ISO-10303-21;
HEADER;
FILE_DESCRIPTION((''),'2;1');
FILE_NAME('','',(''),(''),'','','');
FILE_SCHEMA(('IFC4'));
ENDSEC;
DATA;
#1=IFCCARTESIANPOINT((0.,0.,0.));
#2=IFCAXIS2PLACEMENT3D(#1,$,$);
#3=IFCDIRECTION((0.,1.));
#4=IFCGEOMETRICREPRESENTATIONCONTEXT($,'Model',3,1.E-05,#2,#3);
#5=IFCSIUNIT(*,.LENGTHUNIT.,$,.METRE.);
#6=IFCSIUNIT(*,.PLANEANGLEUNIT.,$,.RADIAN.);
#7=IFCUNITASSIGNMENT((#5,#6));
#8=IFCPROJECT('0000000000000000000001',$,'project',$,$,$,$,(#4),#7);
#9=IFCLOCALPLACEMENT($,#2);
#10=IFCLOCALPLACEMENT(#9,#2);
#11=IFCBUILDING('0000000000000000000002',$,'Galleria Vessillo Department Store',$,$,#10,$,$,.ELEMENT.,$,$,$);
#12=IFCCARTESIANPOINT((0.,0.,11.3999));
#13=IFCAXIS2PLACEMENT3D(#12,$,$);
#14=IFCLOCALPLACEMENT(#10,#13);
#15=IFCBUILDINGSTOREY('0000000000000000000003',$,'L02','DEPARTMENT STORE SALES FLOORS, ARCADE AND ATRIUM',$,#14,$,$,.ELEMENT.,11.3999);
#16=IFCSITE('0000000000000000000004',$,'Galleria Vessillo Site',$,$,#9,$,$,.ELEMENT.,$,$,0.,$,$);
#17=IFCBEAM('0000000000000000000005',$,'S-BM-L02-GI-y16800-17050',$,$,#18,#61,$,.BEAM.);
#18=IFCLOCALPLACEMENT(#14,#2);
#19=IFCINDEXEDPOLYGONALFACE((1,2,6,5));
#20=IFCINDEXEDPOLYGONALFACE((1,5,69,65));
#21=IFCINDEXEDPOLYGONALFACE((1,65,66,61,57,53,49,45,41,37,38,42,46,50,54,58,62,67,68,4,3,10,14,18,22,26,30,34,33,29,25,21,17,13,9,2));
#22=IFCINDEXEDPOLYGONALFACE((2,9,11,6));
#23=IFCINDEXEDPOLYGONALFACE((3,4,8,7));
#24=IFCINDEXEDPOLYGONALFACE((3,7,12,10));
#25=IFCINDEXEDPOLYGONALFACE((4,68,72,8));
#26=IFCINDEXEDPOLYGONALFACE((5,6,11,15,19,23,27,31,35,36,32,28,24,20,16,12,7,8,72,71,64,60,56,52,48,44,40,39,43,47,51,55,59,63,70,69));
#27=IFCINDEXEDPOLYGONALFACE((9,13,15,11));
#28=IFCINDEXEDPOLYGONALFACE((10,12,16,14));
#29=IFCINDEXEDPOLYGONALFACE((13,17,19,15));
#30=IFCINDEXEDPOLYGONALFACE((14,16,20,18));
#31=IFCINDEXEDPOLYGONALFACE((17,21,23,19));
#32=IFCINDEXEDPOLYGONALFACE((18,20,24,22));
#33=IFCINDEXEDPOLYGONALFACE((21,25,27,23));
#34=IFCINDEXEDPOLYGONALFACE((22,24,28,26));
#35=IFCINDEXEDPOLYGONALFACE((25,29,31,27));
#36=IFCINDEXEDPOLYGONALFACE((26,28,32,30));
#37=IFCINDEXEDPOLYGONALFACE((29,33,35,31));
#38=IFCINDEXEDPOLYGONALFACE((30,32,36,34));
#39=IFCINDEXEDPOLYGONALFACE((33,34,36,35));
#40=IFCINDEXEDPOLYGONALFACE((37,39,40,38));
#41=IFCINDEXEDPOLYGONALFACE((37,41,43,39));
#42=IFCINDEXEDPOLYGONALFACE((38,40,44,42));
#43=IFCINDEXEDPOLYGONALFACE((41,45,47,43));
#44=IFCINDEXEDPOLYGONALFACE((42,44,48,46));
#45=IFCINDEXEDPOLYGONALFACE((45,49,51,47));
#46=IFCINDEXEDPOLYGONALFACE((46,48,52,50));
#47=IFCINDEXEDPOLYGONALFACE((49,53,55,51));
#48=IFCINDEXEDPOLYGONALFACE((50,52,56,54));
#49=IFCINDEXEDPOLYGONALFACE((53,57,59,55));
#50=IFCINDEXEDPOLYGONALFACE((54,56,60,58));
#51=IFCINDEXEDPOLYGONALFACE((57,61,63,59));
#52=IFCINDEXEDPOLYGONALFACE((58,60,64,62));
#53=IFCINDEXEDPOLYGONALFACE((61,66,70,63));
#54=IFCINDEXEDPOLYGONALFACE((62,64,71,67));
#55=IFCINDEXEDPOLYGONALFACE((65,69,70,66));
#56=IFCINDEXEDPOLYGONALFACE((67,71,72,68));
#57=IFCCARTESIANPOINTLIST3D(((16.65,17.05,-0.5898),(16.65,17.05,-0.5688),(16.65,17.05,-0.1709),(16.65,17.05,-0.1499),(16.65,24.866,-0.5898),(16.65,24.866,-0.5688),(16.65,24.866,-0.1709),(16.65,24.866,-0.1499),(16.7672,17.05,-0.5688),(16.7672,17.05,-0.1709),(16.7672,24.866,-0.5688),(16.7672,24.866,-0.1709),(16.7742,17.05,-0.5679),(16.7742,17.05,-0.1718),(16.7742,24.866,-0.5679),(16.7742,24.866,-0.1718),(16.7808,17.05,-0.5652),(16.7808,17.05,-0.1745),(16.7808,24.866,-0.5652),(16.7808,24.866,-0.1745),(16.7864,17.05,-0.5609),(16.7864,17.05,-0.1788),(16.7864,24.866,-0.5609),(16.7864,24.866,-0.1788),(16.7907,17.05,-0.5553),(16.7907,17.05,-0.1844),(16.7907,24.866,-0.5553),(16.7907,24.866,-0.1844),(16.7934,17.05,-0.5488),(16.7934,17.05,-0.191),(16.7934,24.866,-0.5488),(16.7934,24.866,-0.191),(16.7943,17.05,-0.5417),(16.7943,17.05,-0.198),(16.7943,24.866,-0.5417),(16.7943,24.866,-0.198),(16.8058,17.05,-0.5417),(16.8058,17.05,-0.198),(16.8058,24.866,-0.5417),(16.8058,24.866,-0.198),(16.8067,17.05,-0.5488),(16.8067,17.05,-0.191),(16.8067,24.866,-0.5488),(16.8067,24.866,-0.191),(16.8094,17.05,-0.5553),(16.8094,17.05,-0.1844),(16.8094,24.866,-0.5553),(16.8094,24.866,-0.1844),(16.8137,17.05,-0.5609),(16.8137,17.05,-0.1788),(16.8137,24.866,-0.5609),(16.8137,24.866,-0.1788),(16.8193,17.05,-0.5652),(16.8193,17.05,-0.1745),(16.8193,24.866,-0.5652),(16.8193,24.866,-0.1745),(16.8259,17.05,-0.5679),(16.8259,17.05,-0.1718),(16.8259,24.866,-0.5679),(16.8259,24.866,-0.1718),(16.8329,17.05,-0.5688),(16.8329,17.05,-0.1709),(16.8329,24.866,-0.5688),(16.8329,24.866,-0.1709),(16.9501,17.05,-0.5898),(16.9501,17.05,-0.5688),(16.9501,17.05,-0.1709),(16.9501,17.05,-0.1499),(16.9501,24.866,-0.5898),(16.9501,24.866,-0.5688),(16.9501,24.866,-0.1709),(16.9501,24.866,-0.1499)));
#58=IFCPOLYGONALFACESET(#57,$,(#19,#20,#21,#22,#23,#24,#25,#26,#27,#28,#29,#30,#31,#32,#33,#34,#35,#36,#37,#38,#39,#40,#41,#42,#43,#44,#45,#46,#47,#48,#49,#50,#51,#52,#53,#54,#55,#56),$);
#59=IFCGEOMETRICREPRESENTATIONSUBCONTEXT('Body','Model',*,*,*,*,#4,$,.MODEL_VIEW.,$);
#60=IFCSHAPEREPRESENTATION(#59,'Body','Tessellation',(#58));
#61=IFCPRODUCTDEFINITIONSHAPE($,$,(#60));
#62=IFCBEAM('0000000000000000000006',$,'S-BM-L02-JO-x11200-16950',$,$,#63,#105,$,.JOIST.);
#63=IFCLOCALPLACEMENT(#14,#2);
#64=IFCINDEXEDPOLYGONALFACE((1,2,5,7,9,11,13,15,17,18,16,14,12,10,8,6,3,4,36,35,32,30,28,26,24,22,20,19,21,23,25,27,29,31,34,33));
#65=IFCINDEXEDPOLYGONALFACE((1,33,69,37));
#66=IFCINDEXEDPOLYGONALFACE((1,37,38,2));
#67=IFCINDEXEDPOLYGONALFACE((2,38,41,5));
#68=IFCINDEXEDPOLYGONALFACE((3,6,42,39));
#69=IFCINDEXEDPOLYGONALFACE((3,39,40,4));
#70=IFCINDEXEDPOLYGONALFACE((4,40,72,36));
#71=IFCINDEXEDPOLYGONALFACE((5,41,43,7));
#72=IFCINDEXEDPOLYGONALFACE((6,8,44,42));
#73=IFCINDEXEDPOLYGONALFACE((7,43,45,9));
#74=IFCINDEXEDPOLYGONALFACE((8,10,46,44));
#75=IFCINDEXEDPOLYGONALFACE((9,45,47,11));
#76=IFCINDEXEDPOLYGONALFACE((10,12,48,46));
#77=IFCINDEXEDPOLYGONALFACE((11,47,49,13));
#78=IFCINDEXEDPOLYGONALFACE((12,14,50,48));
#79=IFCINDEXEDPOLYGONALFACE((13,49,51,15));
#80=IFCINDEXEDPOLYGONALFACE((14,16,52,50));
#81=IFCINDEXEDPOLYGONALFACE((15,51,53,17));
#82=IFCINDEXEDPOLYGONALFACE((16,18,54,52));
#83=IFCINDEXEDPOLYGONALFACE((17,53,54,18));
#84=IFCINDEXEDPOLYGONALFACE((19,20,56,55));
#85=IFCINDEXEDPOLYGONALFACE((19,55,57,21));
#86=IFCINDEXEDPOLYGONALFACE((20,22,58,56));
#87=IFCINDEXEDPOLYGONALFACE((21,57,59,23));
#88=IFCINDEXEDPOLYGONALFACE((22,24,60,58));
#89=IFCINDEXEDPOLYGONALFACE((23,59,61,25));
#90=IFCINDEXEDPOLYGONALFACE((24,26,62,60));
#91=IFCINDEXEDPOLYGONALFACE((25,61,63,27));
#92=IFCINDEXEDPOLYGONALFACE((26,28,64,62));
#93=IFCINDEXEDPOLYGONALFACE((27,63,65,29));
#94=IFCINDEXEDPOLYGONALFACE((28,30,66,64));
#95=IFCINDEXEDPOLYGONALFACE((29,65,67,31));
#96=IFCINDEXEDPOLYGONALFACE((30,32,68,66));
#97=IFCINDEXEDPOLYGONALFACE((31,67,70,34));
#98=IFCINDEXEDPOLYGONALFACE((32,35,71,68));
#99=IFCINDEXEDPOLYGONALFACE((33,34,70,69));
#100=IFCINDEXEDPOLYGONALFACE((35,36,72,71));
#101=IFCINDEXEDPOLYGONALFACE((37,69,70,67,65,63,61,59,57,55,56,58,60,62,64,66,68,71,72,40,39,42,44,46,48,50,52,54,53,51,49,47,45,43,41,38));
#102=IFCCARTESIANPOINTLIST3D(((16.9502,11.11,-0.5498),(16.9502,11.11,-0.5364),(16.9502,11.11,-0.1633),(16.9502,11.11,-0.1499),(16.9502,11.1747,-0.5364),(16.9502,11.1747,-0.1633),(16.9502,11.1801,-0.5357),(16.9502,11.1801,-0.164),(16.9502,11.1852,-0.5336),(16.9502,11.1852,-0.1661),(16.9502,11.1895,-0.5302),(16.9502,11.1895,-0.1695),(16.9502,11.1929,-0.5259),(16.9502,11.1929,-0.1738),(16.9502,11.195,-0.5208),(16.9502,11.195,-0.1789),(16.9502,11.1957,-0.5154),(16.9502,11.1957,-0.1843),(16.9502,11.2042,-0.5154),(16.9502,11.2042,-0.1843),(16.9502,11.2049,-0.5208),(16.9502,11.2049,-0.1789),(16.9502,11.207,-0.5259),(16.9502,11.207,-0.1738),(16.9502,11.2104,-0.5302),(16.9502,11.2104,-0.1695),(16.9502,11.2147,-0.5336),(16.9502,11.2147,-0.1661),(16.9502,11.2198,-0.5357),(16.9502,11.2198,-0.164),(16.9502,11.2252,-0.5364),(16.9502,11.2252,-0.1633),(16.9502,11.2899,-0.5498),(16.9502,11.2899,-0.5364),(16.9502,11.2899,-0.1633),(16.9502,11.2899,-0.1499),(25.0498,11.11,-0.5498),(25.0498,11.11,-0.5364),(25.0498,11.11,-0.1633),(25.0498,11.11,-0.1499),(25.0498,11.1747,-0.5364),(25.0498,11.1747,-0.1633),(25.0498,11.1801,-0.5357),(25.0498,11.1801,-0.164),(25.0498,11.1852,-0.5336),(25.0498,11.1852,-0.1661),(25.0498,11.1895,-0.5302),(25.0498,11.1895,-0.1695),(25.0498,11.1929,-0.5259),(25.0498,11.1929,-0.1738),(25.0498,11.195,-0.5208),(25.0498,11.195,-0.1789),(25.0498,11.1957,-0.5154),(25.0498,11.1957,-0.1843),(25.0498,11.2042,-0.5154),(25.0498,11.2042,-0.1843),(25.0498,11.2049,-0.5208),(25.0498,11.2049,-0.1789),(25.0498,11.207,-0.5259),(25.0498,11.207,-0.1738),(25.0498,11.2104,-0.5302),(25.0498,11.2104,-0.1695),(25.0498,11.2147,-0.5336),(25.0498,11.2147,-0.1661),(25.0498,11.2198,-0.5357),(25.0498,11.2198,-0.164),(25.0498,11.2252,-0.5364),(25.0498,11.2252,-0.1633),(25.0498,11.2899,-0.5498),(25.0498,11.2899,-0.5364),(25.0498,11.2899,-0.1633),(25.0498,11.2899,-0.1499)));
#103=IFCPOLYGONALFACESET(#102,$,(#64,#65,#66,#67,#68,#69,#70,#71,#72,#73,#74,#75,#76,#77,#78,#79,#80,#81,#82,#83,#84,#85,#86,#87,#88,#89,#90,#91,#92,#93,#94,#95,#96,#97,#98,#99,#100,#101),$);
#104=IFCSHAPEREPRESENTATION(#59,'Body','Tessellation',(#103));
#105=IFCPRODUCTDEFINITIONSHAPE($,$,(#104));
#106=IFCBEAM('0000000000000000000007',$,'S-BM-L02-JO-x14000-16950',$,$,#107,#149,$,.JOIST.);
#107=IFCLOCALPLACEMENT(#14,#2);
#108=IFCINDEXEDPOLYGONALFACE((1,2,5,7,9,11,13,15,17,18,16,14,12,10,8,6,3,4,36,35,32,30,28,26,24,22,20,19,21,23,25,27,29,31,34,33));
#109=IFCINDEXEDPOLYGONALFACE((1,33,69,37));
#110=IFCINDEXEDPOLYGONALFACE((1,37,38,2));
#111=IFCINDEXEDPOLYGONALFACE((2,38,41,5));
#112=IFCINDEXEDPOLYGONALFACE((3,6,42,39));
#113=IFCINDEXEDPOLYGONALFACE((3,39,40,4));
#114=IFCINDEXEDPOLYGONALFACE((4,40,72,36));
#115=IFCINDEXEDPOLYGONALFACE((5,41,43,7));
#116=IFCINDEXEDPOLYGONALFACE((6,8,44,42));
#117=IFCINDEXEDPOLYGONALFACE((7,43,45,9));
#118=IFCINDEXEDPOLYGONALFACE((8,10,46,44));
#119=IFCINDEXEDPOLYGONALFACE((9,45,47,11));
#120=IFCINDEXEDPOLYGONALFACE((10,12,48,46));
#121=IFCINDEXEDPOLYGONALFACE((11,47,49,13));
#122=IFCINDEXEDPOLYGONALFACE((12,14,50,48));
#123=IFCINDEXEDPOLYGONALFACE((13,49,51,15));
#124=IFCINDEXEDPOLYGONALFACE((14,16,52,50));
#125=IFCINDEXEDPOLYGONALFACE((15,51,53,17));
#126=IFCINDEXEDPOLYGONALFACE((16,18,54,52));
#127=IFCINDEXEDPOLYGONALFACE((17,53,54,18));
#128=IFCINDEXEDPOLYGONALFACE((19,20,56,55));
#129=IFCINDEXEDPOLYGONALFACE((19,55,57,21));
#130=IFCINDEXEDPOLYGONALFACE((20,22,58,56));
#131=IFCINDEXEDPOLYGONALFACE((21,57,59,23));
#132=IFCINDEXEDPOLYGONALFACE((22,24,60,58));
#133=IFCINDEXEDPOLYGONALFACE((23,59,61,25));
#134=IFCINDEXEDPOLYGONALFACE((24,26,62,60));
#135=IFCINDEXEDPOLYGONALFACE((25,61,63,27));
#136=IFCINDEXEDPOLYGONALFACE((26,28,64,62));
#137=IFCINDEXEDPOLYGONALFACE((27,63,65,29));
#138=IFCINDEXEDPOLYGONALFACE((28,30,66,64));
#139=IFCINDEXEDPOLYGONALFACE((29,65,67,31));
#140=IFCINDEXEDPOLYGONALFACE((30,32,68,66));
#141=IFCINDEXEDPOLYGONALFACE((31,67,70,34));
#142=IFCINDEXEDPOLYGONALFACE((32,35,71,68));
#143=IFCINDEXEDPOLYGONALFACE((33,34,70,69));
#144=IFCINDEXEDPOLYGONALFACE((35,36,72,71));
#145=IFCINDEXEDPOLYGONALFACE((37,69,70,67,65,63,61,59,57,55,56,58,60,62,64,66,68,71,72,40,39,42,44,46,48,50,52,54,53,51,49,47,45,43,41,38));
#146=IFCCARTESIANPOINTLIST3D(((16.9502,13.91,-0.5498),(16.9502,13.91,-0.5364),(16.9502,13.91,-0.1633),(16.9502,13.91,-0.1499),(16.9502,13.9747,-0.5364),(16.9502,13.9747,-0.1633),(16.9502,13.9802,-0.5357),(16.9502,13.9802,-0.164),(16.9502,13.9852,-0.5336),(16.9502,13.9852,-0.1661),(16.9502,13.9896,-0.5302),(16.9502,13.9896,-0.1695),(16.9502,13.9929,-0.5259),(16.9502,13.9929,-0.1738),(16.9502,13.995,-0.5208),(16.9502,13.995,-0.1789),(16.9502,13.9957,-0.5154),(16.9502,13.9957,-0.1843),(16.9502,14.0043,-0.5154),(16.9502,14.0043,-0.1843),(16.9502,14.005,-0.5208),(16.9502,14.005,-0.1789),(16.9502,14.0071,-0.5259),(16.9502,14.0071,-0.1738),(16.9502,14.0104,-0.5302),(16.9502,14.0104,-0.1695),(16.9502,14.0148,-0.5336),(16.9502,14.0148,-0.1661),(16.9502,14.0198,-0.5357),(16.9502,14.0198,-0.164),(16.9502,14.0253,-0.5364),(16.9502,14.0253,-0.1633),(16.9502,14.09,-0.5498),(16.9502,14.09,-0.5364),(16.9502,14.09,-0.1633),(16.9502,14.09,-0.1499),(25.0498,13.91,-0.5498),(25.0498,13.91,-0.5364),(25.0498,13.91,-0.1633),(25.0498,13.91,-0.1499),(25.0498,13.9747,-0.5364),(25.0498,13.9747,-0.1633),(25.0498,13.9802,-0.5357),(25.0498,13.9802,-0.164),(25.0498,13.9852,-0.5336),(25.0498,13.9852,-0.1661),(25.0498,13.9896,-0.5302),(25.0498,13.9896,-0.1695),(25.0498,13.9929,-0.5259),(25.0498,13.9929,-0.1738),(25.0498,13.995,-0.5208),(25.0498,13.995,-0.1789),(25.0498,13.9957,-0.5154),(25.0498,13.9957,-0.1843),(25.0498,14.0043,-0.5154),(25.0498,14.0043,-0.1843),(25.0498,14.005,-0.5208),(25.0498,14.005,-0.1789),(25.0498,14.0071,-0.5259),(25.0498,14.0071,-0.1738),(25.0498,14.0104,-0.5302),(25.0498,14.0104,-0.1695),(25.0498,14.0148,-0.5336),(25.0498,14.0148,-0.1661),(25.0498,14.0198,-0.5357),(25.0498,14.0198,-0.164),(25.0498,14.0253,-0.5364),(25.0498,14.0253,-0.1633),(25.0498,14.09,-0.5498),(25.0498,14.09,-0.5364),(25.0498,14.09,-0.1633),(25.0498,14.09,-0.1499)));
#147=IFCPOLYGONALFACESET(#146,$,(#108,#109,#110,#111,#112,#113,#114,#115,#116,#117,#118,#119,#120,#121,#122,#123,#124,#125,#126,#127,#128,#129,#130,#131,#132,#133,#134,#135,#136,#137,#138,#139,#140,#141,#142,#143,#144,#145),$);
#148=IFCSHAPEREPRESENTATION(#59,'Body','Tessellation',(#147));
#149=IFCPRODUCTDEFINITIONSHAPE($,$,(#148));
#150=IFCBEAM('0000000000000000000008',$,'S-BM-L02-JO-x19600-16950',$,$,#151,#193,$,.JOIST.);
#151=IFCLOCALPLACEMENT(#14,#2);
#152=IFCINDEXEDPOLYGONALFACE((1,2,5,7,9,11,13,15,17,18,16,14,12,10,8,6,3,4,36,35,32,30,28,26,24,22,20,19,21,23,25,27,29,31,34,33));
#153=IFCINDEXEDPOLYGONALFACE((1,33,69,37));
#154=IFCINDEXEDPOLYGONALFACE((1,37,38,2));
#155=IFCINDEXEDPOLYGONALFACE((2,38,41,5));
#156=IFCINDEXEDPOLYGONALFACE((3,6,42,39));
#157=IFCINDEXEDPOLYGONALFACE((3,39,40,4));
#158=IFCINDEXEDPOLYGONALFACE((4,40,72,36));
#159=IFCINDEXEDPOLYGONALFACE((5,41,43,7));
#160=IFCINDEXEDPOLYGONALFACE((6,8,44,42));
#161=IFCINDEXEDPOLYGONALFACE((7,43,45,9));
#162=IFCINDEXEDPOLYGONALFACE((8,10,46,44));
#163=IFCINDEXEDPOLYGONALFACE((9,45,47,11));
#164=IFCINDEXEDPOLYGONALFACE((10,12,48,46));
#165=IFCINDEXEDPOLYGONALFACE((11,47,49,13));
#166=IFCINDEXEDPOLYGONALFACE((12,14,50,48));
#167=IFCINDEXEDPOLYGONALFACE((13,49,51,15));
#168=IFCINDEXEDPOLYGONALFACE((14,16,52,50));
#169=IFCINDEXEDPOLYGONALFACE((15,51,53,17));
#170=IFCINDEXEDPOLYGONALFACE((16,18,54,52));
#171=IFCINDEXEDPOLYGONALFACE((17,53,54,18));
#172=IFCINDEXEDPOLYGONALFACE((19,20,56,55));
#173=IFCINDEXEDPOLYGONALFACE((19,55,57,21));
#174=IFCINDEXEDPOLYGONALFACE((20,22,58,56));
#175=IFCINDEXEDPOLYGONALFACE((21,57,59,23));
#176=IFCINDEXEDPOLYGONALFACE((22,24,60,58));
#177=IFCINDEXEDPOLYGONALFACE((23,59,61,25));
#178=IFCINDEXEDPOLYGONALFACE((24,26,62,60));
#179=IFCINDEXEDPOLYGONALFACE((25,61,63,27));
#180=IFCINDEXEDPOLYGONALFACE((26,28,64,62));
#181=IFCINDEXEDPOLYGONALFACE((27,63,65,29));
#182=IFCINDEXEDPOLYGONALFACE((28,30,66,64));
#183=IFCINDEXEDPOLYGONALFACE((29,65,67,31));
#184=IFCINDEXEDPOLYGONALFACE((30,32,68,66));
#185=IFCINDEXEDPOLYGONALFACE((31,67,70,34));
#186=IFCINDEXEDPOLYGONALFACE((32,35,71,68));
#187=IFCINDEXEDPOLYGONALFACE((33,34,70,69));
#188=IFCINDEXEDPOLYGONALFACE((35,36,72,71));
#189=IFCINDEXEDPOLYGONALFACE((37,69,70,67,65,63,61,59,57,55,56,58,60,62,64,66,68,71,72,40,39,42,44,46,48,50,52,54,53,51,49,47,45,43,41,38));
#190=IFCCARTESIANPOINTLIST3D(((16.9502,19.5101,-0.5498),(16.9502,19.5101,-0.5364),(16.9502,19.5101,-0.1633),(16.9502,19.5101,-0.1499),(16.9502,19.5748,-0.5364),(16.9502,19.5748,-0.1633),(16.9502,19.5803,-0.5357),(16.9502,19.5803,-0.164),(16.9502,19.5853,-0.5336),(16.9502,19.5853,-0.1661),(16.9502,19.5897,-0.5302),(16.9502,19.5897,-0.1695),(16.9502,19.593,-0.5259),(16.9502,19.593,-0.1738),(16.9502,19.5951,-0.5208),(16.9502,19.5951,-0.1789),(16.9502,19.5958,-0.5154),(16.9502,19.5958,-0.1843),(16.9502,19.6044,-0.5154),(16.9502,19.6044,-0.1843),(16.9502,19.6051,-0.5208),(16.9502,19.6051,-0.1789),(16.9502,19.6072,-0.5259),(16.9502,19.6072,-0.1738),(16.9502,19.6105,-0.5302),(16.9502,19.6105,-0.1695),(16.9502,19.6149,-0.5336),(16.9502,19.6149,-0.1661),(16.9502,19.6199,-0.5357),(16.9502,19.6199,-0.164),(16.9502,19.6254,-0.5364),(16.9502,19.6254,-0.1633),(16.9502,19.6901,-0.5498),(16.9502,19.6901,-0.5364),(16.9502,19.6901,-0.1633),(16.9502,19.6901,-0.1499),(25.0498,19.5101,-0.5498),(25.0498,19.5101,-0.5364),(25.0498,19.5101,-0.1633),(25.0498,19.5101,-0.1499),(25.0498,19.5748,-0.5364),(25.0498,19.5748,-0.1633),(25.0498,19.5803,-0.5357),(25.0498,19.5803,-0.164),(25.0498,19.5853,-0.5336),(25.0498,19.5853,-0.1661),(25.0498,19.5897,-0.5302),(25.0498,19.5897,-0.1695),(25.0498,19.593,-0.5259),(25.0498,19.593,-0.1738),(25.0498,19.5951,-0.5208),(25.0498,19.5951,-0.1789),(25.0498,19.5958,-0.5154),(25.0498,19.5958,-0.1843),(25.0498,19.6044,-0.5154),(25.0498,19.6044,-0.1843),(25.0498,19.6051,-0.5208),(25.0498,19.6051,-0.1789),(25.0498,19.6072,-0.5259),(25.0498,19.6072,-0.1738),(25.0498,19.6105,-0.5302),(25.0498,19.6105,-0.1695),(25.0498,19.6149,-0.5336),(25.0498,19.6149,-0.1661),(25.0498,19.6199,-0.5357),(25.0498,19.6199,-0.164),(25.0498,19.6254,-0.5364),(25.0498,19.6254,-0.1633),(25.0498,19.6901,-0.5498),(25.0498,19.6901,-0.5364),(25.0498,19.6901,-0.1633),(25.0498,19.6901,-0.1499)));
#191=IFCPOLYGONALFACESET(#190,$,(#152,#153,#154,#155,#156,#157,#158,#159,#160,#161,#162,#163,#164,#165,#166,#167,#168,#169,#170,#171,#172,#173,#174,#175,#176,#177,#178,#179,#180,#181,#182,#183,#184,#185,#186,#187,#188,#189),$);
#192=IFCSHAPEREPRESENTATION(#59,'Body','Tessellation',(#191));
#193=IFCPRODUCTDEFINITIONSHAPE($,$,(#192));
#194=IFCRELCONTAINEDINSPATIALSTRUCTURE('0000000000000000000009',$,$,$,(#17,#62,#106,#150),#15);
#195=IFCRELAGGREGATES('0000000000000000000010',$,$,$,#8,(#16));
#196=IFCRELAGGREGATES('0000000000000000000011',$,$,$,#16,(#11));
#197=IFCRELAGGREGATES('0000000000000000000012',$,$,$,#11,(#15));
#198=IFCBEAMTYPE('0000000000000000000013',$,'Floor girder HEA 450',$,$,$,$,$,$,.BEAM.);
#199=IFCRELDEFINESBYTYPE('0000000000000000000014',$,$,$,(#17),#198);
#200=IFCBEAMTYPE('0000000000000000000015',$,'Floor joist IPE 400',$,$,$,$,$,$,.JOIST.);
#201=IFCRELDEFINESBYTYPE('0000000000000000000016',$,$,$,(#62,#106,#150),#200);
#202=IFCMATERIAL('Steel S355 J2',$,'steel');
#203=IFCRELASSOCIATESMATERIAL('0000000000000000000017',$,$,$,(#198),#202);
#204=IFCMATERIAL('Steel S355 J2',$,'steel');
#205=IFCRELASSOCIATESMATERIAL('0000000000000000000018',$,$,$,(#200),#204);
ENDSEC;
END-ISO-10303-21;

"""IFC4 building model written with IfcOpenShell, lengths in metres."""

from ifc_helpers import new_model, si_unit, direction, frame, origin, origin_2d, place, context, subcontext, project, spatial, i_section, extrude, material, material_profile, profile_set, type_object, element, save


model = new_model("IFC4")

# Units and contexts
model_context = context("Model", 3, precision=1e-05, world=origin(), true_north=direction((0.0, 1.0)))
body_context = subcontext(model_context, "Body", "Model", "MODEL_VIEW")
ifc_project = project(units=[si_unit("LENGTHUNIT", "METRE"), si_unit("PLANEANGLEUNIT", "RADIAN")], contexts=[model_context])

# Site, building, storey
site_placement = place(None, origin())
site = spatial("IfcSite", under=ifc_project, at=site_placement, Name="Galleria Vessillo Site", CompositionType="ELEMENT", RefElevation=0.0)
building_placement = place(site_placement, origin())
building = spatial("IfcBuilding", under=site, at=building_placement, Name="Galleria Vessillo Department Store", CompositionType="ELEMENT")
storey_placement = place(building_placement, frame((0.0, 0.0, 11.3999)))
storey = spatial("IfcBuildingStorey", under=building, at=storey_placement, Name="L02", Description="DEPARTMENT STORE SALES FLOORS, ARCADE AND ATRIUM", CompositionType="ELEMENT", Elevation=11.3999)

# Beams
ifc_material_1 = material(Name="Steel S355 J2", Category="steel")
ifc_material_profile_1 = material_profile(ifc_material_1, i_section(OverallWidth=0.3, OverallDepth=0.4399, WebThickness=0.0115, FlangeThickness=0.021, FilletRadius=0.0271, at=origin_2d()), Name="HEA 450")
ifc_profile_set_1 = profile_set([ifc_material_profile_1], Name="Steel S355 J2")
beam_type_1 = type_object("IfcBeamType", Name="Floor girder HEA 450", PredefinedType="BEAM", material=ifc_profile_set_1)
beam_1_placement = place(storey_placement, frame((16.8, 17.05, -0.3699), z_axis=(0.0, 1.0, 0.0), x_axis=(-1.0, 0.0, 0.0)))
element("IfcBeam", 1, at=beam_1_placement, inside=storey, type_object=beam_type_1, Name="S-BM-L02-GI-y16800-17050", PredefinedType="BEAM", context=body_context, shape_type="SweptSolid", body=[
    extrude(i_section(OverallWidth=0.3, OverallDepth=0.4399, WebThickness=0.0115, FlangeThickness=0.021, FilletRadius=0.0271, at=origin_2d()), origin(), (0.0, 0.0, 1.0), 7.8159),
])
ifc_material_2 = material(Name="Steel S355 J2", Category="steel")
ifc_material_profile_2 = material_profile(ifc_material_2, i_section(OverallWidth=0.1799, OverallDepth=0.3999, WebThickness=0.0085, FlangeThickness=0.0134, FilletRadius=0.021, at=origin_2d()), Name="IPE 400")
ifc_profile_set_2 = profile_set([ifc_material_profile_2], Name="Steel S355 J2")
beam_type_2 = type_object("IfcBeamType", Name="Floor joist IPE 400", PredefinedType="JOIST", material=ifc_profile_set_2)
for number, where, z_axis, x_axis, name in (
    (2, (16.9502, 11.2, -0.3499), (1.0, 0.0, 0.0), (0.0, 1.0, 0.0), "S-BM-L02-JO-x11200-16950"),
    (3, (16.9502, 14.0, -0.3499), (1.0, 0.0, 0.0), (0.0, 1.0, 0.0), "S-BM-L02-JO-x14000-16950"),
    (4, (16.9502, 19.6001, -0.3499), (1.0, 0.0, 0.0), (0.0, 1.0, 0.0), "S-BM-L02-JO-x19600-16950"),
):
    element("IfcBeam", number, at=place(storey_placement, frame(where, z_axis=z_axis, x_axis=x_axis)), inside=storey, type_object=beam_type_2, Name=name, PredefinedType="JOIST", context=body_context, shape_type="SweptSolid", body=[
        extrude(i_section(OverallWidth=0.1799, OverallDepth=0.3999, WebThickness=0.0085, FlangeThickness=0.0134, FilletRadius=0.021, at=origin_2d()), origin(), (0.0, 0.0, 1.0), 8.0996),
    ])

save(model, "model.ifc")
